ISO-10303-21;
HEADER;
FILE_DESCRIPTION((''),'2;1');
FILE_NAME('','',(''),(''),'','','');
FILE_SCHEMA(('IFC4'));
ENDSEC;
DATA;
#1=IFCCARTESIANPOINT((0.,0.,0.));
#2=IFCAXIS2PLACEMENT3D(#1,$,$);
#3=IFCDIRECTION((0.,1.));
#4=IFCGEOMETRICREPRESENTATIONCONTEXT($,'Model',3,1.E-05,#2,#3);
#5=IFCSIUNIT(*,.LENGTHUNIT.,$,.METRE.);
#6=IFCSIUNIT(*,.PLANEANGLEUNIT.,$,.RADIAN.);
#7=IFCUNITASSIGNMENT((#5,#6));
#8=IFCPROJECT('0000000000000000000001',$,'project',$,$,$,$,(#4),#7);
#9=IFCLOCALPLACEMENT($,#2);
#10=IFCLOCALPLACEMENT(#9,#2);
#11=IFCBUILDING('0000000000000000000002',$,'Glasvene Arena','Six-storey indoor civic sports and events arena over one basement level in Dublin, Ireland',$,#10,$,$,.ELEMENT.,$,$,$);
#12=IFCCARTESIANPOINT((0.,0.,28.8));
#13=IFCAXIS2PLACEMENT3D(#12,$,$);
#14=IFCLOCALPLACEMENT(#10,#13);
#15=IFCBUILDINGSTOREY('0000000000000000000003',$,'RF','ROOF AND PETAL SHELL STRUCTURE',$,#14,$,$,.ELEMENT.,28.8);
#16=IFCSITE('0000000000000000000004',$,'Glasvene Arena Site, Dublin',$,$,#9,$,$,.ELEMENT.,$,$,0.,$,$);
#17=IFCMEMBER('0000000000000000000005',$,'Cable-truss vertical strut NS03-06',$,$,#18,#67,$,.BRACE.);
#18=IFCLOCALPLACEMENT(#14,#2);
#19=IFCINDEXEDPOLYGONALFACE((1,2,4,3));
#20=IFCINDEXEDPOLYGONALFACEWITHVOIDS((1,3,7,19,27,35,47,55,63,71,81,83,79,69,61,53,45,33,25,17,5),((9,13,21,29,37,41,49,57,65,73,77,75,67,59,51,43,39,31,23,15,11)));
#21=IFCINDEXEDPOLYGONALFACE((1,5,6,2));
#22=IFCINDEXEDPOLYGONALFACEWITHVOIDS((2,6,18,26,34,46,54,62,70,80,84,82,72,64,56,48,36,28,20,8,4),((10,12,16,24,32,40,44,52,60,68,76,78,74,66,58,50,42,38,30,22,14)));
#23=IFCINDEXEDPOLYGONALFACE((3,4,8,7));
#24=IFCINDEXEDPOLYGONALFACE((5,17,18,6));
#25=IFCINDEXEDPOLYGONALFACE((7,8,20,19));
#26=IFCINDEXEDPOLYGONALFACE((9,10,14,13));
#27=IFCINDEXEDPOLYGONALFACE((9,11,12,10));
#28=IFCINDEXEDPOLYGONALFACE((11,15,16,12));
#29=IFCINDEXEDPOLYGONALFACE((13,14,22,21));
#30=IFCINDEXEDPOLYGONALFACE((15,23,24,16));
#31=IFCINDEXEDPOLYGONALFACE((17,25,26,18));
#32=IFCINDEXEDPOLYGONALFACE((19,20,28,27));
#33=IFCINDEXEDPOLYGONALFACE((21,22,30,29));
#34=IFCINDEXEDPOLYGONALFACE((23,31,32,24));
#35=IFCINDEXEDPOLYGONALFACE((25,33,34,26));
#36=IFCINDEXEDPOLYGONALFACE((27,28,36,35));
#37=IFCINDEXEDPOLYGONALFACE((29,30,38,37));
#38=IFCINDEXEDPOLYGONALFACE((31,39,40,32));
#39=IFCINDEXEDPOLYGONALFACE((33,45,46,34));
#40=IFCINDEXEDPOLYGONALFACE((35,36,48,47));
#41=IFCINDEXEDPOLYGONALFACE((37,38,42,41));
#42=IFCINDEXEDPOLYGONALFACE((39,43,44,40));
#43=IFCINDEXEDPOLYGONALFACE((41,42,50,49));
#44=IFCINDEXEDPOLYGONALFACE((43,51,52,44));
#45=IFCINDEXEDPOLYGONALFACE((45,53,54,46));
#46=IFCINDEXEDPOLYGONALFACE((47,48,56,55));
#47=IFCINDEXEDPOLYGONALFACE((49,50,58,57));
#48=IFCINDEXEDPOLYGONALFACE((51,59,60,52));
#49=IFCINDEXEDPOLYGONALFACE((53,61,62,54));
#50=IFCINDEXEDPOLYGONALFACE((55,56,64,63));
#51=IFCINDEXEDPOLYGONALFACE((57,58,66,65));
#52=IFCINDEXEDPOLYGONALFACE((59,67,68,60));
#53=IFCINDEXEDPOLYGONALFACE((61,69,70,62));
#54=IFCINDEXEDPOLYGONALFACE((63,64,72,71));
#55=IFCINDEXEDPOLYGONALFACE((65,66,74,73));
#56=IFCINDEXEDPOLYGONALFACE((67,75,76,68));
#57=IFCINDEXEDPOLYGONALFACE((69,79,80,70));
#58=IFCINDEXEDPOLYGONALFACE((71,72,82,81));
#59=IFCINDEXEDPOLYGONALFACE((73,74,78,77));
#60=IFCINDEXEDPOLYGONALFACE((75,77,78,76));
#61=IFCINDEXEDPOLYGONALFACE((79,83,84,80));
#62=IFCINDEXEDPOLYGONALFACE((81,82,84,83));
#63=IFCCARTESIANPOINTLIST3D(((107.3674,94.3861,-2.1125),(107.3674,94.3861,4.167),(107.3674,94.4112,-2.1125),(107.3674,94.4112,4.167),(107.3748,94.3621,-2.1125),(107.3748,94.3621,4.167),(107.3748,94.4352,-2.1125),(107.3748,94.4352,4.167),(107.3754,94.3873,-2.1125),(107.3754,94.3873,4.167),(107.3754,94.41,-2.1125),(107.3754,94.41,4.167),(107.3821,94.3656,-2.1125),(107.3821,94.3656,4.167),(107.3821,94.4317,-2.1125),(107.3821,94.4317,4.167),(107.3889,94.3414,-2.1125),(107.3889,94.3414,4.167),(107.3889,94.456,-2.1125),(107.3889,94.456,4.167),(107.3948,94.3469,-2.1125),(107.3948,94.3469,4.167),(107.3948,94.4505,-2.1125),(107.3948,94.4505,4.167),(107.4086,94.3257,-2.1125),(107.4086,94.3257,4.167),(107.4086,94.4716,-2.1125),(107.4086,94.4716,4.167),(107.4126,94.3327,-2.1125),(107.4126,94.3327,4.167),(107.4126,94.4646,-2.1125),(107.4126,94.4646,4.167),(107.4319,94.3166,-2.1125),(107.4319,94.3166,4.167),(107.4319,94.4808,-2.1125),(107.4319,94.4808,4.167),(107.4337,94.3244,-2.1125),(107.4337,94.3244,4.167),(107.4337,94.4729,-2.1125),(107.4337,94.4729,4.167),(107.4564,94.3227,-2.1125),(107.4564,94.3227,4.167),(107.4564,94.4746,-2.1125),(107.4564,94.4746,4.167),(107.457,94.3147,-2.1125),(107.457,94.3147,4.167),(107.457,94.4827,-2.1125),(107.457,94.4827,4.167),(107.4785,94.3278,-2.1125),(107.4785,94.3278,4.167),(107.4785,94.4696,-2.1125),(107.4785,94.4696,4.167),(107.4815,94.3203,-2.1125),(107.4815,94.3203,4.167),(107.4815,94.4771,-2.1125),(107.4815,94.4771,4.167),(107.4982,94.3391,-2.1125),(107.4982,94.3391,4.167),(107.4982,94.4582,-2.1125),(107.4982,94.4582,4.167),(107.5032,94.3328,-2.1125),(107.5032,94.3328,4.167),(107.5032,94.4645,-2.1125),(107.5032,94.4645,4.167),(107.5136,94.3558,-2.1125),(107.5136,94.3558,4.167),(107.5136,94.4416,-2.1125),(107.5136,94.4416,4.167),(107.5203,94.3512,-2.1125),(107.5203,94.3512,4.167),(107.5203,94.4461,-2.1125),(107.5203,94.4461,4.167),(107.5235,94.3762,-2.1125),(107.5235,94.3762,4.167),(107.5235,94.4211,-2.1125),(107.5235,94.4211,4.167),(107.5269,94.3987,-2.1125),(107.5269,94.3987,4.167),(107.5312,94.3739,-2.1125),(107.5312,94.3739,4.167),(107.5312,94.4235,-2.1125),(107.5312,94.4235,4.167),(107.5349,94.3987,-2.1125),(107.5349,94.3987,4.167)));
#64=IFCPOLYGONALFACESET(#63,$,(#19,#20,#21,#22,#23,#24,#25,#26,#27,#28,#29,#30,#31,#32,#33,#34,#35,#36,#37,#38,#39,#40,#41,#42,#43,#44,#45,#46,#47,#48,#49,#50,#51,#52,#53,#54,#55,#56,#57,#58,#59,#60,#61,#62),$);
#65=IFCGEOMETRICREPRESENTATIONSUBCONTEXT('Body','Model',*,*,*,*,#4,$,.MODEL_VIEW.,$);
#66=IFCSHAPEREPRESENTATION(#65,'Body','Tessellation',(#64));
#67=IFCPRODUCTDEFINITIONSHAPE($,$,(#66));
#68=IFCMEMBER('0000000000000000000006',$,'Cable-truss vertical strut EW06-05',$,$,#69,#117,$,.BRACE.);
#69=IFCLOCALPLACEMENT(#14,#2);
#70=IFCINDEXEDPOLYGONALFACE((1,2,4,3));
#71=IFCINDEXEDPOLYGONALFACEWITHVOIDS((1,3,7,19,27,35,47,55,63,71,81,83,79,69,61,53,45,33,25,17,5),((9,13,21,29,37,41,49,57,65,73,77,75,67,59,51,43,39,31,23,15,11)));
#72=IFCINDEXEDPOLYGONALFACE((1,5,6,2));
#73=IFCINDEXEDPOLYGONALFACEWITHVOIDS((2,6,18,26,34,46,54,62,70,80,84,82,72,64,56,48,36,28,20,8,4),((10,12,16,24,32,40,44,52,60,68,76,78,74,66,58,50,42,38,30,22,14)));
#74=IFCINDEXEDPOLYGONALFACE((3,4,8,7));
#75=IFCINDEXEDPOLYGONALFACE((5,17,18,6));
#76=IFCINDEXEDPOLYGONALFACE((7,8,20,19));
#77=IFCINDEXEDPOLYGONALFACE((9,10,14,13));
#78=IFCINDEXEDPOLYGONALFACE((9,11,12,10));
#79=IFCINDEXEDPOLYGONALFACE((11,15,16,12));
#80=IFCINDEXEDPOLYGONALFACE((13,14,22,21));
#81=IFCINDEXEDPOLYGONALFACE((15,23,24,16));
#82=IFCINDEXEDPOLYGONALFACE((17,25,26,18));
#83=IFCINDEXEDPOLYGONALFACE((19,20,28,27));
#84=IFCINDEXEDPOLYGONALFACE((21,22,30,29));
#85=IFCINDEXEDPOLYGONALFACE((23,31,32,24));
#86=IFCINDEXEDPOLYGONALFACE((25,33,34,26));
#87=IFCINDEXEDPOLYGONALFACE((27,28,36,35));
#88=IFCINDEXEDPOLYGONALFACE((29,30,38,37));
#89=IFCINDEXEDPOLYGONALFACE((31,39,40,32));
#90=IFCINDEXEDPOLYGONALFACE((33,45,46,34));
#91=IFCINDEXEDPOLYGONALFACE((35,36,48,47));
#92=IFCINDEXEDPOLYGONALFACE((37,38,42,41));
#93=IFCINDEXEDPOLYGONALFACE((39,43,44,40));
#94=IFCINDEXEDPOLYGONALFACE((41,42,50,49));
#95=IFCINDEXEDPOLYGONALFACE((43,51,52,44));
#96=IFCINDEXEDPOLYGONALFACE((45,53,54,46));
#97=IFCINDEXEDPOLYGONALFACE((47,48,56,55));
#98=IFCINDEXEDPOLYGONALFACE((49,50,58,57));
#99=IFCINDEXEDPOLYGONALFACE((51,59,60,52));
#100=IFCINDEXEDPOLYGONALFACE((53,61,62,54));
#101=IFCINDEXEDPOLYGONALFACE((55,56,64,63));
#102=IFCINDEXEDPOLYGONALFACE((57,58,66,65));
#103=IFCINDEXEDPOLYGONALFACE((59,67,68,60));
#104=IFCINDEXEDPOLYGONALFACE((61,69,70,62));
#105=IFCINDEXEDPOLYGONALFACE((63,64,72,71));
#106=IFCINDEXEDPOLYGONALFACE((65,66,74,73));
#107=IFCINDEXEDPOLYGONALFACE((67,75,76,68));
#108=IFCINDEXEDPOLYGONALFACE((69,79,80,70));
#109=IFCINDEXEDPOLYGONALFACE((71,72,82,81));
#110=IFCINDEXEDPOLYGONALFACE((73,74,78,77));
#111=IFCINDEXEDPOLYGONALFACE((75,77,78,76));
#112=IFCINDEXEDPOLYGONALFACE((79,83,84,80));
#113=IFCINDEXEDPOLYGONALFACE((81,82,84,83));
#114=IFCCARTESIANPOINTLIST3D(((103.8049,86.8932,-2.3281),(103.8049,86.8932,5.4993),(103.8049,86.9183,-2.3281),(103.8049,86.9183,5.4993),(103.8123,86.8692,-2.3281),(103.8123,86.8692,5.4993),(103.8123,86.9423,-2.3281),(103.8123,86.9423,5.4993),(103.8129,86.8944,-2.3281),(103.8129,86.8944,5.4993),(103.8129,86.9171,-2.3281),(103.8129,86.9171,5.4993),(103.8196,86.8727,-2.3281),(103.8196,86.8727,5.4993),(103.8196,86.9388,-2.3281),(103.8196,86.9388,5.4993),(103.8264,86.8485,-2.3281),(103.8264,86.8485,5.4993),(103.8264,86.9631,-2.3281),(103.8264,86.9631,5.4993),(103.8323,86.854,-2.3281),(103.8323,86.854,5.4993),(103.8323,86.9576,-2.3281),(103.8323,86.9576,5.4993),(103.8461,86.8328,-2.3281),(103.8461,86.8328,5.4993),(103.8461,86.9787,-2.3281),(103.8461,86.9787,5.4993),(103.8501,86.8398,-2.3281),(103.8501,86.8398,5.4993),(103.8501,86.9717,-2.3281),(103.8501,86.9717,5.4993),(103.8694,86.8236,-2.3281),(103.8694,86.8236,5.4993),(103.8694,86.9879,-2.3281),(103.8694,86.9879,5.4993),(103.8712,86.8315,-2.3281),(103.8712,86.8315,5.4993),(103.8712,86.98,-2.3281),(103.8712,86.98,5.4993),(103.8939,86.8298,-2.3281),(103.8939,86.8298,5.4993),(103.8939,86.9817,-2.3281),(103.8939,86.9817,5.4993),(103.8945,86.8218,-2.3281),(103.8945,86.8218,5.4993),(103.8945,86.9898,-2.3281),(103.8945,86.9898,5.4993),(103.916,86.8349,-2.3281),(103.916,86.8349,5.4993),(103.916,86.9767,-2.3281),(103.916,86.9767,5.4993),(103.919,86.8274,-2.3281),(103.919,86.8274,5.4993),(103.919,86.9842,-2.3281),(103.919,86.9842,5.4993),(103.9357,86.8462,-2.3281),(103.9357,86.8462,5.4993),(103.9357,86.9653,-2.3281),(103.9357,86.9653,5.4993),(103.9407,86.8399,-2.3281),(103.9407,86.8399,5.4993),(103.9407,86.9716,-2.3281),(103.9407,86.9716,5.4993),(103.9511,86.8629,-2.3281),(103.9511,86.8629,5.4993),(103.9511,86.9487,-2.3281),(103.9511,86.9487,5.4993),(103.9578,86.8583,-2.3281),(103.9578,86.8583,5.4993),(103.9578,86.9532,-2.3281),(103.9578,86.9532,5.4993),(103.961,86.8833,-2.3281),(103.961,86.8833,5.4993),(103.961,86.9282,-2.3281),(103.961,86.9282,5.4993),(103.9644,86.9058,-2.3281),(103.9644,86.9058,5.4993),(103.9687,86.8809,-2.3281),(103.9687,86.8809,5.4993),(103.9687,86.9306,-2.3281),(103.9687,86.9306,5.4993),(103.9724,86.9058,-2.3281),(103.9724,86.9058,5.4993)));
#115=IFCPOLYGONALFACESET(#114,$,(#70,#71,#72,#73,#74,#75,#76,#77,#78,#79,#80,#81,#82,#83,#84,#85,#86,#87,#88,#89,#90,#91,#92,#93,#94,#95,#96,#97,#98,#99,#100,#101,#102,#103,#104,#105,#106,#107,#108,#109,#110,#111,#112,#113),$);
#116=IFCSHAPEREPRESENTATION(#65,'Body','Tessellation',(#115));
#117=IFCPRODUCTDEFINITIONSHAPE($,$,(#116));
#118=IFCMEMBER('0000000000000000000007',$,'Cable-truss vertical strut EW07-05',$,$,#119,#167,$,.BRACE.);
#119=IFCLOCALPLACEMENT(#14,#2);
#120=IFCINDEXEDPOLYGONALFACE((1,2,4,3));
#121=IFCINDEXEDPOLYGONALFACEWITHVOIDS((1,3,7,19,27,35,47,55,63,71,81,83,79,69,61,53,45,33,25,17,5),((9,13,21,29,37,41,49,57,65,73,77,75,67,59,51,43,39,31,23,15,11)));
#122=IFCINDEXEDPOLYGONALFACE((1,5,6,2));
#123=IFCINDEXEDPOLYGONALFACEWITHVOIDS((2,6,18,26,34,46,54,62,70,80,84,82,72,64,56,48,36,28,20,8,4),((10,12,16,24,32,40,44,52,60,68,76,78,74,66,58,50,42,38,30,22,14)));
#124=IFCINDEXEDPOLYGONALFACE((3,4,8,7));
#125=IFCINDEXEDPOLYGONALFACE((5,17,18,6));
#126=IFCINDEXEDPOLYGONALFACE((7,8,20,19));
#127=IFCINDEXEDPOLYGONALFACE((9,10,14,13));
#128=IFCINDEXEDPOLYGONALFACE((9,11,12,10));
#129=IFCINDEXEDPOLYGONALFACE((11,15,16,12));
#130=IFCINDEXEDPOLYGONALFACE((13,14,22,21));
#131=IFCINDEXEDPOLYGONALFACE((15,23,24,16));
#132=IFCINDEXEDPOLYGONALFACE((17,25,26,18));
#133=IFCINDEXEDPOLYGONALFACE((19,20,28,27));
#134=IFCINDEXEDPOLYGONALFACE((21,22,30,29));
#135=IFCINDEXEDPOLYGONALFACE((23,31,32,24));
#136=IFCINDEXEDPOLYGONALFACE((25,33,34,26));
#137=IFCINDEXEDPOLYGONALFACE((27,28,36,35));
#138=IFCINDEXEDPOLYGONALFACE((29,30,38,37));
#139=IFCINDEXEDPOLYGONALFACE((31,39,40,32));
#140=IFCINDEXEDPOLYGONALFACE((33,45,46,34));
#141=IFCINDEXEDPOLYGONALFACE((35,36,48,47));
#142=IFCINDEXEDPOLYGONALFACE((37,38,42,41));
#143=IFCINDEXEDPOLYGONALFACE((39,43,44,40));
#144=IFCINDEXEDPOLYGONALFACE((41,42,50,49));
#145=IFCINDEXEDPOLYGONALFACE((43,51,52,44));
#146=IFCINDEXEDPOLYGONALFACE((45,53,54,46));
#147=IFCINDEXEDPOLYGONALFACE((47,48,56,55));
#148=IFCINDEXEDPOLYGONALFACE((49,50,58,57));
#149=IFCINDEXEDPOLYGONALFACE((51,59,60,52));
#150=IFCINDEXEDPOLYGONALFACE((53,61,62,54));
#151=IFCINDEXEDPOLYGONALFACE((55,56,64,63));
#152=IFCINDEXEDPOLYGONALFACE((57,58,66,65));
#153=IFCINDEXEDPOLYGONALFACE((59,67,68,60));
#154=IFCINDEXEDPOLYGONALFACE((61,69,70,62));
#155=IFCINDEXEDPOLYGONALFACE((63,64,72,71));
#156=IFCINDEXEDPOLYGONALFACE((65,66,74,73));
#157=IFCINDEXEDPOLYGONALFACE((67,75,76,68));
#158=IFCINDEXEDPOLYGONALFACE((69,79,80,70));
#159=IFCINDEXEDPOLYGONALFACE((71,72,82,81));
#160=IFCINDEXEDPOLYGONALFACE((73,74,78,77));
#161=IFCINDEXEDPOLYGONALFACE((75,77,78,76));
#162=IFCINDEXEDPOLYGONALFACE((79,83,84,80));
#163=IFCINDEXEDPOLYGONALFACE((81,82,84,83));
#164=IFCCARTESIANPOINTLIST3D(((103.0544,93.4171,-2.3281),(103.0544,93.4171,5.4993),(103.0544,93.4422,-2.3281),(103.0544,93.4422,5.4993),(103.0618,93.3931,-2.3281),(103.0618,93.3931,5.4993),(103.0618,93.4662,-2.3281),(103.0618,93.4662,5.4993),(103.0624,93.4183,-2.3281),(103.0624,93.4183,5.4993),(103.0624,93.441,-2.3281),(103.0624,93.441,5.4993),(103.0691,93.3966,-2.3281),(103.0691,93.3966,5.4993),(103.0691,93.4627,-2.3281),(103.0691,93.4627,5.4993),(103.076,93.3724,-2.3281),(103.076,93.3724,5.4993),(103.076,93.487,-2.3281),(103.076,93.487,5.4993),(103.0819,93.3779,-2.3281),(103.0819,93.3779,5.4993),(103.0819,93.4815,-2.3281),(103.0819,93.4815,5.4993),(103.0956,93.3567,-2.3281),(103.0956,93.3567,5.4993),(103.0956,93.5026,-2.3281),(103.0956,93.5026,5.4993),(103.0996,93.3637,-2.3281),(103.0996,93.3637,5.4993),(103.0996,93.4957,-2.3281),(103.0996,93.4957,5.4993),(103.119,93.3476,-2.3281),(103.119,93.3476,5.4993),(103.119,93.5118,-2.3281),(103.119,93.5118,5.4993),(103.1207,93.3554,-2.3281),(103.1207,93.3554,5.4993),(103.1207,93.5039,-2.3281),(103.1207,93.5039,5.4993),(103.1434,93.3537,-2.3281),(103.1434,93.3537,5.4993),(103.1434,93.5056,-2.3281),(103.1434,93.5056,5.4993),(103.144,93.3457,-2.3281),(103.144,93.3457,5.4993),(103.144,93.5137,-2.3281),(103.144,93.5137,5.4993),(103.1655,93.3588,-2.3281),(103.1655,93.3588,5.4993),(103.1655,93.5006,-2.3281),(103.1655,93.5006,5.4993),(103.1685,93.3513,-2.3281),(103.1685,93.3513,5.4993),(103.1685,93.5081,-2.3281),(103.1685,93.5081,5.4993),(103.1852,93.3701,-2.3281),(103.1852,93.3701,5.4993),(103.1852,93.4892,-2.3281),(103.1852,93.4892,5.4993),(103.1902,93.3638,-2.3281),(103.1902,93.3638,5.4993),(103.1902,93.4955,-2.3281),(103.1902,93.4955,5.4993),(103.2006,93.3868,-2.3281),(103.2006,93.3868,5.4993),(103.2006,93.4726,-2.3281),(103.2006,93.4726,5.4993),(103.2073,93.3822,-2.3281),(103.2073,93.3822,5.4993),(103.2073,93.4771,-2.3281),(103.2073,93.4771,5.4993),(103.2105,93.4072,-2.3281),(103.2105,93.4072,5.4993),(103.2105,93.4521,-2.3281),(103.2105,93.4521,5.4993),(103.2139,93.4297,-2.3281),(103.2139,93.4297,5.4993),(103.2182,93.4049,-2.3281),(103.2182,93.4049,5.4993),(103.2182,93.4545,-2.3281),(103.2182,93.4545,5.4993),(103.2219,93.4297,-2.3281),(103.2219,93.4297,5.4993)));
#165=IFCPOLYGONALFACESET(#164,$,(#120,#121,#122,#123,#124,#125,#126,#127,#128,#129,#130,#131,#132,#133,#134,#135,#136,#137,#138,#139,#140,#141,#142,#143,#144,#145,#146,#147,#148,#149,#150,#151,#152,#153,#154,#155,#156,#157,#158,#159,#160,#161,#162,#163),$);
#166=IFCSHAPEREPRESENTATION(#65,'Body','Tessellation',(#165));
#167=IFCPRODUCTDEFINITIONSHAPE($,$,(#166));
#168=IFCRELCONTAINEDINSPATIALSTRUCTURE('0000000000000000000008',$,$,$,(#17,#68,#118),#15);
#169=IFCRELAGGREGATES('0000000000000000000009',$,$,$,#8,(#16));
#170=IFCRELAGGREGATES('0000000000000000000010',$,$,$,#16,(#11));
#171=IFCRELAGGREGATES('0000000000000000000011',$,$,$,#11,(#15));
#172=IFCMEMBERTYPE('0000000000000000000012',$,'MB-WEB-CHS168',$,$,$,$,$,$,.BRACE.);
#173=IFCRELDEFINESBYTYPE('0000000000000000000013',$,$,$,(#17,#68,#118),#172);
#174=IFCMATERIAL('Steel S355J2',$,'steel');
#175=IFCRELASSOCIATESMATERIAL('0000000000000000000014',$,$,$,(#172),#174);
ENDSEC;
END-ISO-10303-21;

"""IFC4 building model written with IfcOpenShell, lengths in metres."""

from ifc_helpers import new_model, si_unit, direction, frame, origin, origin_2d, place, context, subcontext, project, spatial, hollow_circle, extrude, material, material_profile, profile_set, type_object, element, save


model = new_model("IFC4")

# Units and contexts
model_context = context("Model", 3, precision=1e-05, world=origin(), true_north=direction((0.0, 1.0)))
body_context = subcontext(model_context, "Body", "Model", "MODEL_VIEW")
ifc_project = project(units=[si_unit("LENGTHUNIT", "METRE"), si_unit("PLANEANGLEUNIT", "RADIAN")], contexts=[model_context])

# Site, building, storey
site_placement = place(None, origin())
site = spatial("IfcSite", under=ifc_project, at=site_placement, Name="Glasvene Arena Site, Dublin", CompositionType="ELEMENT", RefElevation=0.0)
building_placement = place(site_placement, origin())
building = spatial("IfcBuilding", under=site, at=building_placement, Name="Glasvene Arena", Description="Six-storey indoor civic sports and events arena over one basement level in Dublin, Ireland", CompositionType="ELEMENT")
storey_placement = place(building_placement, frame((0.0, 0.0, 28.8)))
storey = spatial("IfcBuildingStorey", under=building, at=storey_placement, Name="RF", Description="ROOF AND PETAL SHELL STRUCTURE", CompositionType="ELEMENT", Elevation=28.8)

# Members
ifc_material_1 = material(Name="Steel S355J2", Category="steel")
ifc_material_profile_1 = material_profile(ifc_material_1, hollow_circle(Radius=0.0842, WallThickness=0.0081, at=origin_2d()), Name="CHS 168.3x8.0")
ifc_profile_set_1 = profile_set([ifc_material_profile_1], Name="Steel S355J2")
member_type_1 = type_object("IfcMemberType", Name="MB-WEB-CHS168", PredefinedType="BRACE", material=ifc_profile_set_1)
member_1_placement = place(storey_placement, frame((107.4507, 94.3987, -2.1125), z_axis=(0.0, 0.0, 1.0), x_axis=(1.0, 0.0, 0.0)))
element("IfcMember", 1, at=member_1_placement, inside=storey, type_object=member_type_1, Name="Cable-truss vertical strut NS03-06", PredefinedType="BRACE", context=body_context, shape_type="SweptSolid", body=[
    extrude(hollow_circle(Radius=0.0842, WallThickness=0.0081, at=origin_2d()), origin(), (0.0, 0.0, 1.0), 6.2795),
])
for number, where, z_axis, x_axis, name in (
    (2, (103.8882, 86.9058, -2.3281), (0.0, 0.0, 1.0), (1.0, 0.0, 0.0), "Cable-truss vertical strut EW06-05"),
    (3, (103.1377, 93.4297, -2.3281), (0.0, 0.0, 1.0), (1.0, 0.0, 0.0), "Cable-truss vertical strut EW07-05"),
):
    element("IfcMember", number, at=place(storey_placement, frame(where, z_axis=z_axis, x_axis=x_axis)), inside=storey, type_object=member_type_1, Name=name, PredefinedType="BRACE", context=body_context, shape_type="SweptSolid", body=[
        extrude(hollow_circle(Radius=0.0842, WallThickness=0.0081, at=origin_2d()), origin(), (0.0, 0.0, 1.0), 7.8274),
    ])

save(model, "model.ifc")
